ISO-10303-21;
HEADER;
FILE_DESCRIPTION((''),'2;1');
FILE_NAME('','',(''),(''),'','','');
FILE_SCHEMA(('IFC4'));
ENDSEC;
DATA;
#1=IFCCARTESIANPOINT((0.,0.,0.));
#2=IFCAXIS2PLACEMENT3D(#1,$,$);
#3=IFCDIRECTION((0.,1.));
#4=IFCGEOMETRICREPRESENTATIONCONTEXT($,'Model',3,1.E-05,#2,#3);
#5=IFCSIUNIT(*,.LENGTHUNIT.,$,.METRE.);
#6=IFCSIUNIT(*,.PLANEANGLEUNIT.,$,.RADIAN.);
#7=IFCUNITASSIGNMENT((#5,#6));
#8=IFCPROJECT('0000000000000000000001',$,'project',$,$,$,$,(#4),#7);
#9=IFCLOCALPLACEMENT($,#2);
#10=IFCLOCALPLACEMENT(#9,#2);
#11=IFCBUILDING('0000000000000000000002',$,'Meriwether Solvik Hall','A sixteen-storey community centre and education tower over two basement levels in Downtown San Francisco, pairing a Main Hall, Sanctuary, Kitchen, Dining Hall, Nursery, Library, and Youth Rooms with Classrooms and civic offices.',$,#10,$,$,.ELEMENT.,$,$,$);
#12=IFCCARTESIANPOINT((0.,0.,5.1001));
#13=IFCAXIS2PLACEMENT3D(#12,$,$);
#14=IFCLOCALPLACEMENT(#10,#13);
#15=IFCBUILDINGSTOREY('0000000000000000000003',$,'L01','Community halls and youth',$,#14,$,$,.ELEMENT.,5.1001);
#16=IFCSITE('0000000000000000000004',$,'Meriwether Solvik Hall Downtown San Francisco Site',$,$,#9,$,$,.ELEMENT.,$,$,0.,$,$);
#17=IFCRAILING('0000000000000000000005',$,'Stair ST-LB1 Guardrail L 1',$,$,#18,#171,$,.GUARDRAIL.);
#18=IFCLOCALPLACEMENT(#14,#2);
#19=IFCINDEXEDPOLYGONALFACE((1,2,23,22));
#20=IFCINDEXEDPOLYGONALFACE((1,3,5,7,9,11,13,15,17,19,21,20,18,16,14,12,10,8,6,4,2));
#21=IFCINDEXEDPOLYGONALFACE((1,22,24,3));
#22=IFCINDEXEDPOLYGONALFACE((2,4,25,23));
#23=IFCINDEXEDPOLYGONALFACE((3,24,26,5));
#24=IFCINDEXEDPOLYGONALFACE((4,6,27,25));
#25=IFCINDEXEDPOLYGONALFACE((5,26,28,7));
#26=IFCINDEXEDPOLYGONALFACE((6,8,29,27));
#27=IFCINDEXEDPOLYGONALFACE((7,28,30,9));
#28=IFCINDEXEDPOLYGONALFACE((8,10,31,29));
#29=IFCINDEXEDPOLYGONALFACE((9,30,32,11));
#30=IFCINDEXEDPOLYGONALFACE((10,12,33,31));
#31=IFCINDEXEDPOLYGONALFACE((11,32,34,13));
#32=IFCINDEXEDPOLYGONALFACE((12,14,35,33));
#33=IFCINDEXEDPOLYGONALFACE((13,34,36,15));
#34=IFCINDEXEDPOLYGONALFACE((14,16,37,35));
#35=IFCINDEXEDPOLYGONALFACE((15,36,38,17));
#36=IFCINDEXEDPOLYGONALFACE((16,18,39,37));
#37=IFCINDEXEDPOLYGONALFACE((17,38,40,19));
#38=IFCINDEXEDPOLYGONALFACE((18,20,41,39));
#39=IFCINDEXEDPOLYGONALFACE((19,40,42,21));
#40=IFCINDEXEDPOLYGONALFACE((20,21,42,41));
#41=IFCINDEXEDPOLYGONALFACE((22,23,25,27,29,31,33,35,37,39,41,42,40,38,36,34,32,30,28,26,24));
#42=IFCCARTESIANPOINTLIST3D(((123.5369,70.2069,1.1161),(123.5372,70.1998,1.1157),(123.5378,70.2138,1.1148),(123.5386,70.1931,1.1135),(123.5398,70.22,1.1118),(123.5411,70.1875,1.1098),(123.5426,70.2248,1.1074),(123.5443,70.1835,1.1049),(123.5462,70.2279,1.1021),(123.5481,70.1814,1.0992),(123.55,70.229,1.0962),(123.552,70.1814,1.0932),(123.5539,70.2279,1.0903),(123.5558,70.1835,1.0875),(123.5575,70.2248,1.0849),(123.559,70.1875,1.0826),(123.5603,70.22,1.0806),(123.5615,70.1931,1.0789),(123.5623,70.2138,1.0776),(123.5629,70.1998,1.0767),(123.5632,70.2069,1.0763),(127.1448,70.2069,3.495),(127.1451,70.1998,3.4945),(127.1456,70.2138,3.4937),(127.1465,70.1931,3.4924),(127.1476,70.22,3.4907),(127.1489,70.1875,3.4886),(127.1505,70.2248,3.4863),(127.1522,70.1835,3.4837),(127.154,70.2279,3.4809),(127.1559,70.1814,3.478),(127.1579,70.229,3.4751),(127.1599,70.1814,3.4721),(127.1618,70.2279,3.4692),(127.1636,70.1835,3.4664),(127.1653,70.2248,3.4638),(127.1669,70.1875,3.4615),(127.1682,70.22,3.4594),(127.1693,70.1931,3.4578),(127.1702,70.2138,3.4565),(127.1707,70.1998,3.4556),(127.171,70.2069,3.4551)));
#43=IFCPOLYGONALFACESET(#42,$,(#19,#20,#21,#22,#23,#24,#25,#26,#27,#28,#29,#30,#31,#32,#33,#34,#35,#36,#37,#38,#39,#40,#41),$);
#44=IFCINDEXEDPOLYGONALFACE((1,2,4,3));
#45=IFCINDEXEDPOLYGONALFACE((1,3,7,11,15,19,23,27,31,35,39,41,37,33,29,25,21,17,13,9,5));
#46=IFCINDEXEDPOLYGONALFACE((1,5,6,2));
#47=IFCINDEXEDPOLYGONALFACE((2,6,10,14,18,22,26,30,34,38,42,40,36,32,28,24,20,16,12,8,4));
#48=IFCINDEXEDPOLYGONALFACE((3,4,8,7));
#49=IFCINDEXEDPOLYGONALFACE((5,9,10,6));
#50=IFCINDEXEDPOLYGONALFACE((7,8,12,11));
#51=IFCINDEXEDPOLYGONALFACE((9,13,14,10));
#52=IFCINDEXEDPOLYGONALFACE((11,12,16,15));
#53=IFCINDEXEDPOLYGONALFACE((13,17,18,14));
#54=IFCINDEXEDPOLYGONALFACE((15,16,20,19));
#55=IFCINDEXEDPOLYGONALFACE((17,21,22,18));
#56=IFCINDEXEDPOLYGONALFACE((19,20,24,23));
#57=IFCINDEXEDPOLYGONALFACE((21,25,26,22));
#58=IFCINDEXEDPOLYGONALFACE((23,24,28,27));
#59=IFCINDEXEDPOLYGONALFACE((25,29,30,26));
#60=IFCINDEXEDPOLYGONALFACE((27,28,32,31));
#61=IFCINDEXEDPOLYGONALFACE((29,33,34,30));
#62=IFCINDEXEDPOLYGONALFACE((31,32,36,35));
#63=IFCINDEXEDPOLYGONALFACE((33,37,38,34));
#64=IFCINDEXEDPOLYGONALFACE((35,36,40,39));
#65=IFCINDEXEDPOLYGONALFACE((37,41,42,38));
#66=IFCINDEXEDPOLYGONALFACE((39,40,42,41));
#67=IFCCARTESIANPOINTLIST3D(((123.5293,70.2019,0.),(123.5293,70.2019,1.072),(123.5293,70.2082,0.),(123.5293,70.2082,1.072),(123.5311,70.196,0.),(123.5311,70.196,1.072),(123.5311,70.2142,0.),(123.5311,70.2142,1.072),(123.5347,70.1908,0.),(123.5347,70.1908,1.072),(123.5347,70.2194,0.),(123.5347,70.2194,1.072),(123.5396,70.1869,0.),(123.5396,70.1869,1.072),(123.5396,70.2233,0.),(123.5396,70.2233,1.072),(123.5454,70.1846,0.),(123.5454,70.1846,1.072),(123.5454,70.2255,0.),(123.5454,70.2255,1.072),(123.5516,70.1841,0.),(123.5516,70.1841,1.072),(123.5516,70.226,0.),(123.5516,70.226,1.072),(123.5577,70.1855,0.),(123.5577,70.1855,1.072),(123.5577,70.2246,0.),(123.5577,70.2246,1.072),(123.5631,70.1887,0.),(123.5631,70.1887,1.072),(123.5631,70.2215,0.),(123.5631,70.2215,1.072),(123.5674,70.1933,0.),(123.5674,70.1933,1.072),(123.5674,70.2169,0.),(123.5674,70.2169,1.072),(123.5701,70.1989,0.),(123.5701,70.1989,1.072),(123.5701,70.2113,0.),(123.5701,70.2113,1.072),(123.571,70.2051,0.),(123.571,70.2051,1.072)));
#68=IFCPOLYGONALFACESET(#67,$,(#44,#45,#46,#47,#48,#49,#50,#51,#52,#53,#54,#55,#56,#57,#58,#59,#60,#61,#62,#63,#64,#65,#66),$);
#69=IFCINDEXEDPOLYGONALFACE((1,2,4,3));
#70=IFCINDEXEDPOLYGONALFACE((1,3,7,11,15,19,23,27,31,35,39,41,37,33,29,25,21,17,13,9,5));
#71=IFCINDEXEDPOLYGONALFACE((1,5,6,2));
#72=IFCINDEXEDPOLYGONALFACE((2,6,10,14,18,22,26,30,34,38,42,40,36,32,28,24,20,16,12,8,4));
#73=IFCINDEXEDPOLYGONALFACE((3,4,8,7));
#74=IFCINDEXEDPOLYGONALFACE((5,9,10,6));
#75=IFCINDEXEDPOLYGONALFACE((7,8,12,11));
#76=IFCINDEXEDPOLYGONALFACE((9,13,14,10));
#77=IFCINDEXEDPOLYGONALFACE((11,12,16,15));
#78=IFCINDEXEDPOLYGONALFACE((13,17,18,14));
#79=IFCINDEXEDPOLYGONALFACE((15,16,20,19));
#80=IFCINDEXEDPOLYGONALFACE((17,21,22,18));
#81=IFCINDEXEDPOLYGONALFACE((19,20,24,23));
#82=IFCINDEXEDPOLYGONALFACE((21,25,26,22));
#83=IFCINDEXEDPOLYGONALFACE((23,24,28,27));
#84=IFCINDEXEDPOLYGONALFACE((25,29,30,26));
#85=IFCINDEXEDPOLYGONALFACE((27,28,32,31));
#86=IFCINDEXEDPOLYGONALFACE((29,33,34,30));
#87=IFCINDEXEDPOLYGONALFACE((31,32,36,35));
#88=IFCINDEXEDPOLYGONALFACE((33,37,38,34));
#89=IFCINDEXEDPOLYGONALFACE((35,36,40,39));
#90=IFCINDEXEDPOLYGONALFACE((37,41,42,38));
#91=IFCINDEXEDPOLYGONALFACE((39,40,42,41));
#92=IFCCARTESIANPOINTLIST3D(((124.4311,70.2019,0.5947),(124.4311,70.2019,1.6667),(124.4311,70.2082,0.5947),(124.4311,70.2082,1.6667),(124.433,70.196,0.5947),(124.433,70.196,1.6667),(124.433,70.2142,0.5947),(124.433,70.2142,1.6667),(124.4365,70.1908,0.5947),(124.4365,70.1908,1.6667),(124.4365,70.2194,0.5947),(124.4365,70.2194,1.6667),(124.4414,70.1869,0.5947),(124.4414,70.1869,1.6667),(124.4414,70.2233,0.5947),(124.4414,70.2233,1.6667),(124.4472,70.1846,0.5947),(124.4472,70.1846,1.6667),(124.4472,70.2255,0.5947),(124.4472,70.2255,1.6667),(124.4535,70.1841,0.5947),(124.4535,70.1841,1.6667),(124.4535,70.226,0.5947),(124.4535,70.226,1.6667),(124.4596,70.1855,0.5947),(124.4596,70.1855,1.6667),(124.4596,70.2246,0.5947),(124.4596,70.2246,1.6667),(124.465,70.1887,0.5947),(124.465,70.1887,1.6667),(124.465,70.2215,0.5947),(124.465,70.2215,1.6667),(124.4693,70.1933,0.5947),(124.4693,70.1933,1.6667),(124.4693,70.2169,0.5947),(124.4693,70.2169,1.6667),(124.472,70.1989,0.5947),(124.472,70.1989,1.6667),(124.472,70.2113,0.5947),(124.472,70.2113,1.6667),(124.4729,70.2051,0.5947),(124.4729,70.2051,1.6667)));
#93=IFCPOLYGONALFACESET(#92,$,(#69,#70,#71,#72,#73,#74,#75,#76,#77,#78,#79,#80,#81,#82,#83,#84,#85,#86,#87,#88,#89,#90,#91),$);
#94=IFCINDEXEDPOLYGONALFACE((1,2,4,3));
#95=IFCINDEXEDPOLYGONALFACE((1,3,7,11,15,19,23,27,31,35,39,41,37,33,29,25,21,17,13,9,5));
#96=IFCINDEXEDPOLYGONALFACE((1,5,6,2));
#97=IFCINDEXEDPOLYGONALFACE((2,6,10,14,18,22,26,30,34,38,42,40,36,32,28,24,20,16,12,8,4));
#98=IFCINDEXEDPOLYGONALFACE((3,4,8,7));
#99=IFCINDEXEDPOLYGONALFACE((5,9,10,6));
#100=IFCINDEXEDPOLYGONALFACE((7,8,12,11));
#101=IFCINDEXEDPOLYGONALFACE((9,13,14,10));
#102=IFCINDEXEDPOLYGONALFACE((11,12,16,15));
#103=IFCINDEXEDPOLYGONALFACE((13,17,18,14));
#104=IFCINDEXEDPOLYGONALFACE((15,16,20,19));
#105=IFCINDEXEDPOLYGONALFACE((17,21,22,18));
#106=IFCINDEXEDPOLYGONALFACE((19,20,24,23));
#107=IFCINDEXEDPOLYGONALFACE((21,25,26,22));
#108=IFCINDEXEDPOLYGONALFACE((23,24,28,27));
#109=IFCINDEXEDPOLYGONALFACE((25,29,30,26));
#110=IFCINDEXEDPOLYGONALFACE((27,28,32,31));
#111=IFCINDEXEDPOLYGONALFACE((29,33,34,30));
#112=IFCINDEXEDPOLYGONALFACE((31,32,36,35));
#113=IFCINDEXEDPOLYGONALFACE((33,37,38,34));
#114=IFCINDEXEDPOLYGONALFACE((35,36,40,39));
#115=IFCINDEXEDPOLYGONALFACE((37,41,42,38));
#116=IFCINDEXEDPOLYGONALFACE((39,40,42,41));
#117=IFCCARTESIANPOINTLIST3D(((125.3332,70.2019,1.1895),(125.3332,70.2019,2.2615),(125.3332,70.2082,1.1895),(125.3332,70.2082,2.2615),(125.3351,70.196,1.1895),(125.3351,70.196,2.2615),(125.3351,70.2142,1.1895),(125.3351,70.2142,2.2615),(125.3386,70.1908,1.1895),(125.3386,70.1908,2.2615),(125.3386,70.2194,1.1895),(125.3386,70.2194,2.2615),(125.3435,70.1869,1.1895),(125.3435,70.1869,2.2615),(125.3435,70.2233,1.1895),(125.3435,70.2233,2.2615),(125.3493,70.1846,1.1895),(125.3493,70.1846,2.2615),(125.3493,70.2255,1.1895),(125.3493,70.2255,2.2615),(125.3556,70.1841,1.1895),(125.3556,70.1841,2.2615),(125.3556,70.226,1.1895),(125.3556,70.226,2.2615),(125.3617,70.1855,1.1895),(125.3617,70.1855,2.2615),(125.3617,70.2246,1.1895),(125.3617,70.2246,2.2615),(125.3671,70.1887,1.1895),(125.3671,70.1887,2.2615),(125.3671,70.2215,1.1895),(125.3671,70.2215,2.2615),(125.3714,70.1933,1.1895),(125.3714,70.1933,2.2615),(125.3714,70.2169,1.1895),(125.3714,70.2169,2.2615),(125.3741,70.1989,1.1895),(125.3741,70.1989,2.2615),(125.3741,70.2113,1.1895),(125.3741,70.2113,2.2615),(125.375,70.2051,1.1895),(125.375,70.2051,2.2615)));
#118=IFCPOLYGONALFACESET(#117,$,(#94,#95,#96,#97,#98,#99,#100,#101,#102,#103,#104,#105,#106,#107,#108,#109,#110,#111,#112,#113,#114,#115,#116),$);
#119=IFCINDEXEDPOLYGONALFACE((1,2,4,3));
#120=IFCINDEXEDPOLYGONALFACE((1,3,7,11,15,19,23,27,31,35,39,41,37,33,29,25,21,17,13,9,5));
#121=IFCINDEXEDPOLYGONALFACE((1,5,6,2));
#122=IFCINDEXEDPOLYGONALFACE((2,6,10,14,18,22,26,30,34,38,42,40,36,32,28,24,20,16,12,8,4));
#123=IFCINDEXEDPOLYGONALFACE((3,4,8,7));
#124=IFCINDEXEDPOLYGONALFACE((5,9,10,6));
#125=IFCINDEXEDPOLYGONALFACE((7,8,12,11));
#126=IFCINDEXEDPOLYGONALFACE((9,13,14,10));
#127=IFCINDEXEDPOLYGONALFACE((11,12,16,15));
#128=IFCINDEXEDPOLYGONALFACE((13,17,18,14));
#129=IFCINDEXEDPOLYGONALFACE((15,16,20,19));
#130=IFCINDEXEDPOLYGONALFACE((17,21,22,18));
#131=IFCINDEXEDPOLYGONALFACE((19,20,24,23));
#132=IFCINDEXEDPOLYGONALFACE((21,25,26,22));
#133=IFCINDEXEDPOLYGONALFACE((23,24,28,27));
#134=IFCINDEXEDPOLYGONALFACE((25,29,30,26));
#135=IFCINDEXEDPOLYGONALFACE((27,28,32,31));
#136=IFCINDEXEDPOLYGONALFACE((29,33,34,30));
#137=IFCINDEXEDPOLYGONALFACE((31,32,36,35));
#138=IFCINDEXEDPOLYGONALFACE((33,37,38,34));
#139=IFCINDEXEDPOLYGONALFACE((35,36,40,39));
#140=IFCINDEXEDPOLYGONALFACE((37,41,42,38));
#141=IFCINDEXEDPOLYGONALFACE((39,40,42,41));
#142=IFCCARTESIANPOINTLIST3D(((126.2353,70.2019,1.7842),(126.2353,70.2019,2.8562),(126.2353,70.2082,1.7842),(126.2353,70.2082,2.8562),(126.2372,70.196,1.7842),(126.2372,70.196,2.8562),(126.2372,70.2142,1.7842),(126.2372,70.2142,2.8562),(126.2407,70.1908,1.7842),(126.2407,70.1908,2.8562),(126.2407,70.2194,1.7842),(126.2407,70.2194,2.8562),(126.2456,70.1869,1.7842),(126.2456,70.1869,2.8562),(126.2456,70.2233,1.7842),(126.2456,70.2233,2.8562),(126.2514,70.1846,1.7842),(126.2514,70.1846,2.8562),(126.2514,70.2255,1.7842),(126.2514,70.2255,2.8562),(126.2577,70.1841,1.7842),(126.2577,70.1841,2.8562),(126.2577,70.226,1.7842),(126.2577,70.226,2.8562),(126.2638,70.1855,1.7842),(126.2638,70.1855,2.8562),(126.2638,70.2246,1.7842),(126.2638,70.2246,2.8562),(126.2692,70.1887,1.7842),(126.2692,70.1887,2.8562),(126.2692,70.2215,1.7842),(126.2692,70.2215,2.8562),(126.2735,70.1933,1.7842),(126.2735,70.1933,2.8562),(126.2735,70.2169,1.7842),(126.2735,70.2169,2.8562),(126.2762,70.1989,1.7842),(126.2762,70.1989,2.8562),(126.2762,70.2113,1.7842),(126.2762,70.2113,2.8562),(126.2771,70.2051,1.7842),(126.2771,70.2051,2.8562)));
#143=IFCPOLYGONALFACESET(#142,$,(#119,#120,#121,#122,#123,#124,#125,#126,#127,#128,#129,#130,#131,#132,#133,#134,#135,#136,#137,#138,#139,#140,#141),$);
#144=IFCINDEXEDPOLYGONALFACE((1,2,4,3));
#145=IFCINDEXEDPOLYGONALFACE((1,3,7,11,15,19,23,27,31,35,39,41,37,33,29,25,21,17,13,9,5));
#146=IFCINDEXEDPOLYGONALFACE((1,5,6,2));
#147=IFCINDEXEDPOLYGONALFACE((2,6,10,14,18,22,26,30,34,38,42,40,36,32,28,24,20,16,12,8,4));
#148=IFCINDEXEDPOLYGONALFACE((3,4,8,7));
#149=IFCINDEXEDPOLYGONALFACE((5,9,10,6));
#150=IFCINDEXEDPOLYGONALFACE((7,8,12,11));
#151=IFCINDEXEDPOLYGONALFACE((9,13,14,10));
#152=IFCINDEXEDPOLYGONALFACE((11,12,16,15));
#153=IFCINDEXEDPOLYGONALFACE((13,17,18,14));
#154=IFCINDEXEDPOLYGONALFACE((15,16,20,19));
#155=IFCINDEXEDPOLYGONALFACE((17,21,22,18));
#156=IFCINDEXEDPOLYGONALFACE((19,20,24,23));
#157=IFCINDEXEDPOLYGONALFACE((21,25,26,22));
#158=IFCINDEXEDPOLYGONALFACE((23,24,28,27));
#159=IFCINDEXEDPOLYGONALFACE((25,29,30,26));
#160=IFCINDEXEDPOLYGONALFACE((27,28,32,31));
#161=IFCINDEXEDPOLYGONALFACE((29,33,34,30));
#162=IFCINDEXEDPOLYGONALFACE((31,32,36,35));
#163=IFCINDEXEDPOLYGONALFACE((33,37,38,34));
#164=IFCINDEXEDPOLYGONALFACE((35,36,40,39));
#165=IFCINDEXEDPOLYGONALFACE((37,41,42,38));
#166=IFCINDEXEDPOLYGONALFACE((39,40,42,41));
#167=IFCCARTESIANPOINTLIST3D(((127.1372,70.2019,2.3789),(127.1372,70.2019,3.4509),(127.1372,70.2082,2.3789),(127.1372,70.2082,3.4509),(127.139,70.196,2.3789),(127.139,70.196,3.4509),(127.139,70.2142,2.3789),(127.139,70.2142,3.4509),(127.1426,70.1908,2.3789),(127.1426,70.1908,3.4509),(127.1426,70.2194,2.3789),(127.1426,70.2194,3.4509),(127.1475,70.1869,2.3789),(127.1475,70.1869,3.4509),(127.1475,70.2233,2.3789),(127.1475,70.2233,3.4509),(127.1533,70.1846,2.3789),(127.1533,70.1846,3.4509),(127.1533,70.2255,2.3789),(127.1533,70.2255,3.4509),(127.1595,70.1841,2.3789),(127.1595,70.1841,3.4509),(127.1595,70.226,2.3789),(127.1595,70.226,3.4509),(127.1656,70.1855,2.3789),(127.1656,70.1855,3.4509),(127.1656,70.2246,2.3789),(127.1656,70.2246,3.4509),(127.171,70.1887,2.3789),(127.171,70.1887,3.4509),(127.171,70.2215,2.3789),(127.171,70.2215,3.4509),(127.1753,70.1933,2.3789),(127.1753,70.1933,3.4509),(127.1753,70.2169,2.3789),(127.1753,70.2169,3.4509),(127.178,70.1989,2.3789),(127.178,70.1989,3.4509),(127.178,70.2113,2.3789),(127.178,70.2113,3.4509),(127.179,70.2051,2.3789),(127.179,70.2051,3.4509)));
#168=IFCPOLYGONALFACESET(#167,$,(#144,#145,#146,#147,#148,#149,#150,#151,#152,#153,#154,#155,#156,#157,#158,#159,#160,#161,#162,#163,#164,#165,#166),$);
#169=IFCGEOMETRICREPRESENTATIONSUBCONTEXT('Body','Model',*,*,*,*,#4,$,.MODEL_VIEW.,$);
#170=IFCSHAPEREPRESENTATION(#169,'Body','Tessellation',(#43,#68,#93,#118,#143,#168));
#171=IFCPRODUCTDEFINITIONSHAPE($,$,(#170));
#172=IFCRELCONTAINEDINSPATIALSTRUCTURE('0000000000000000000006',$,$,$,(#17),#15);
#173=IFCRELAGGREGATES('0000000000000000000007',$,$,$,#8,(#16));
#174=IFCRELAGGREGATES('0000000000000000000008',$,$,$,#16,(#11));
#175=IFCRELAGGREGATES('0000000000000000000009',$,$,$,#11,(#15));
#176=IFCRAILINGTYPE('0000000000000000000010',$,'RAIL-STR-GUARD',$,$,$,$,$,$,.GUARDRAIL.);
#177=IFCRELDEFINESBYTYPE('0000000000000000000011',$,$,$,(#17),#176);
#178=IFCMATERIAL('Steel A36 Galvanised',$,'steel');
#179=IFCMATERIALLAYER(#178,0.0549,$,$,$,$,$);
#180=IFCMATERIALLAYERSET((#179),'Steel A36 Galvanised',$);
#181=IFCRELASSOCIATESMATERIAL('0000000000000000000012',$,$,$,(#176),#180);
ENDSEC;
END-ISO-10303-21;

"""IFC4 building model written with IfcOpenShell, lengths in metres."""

from ifc_helpers import new_model, si_unit, direction, frame, origin, origin_2d, place, context, subcontext, project, spatial, circle, extrude, material, layer, layer_set, type_object, element, save


model = new_model("IFC4")

# Units and contexts
model_context = context("Model", 3, precision=1e-05, world=origin(), true_north=direction((0.0, 1.0)))
body_context = subcontext(model_context, "Body", "Model", "MODEL_VIEW")
ifc_project = project(units=[si_unit("LENGTHUNIT", "METRE"), si_unit("PLANEANGLEUNIT", "RADIAN")], contexts=[model_context])

# Site, building, storey
site_placement = place(None, origin())
site = spatial("IfcSite", under=ifc_project, at=site_placement, Name="Meriwether Solvik Hall Downtown San Francisco Site", CompositionType="ELEMENT", RefElevation=0.0)
building_placement = place(site_placement, origin())
building = spatial("IfcBuilding", under=site, at=building_placement, Name="Meriwether Solvik Hall", Description="A sixteen-storey community centre and education tower over two basement levels in Downtown San Francisco, pairing a Main Hall, Sanctuary, Kitchen, Dining Hall, Nursery, Library, and Youth Rooms with Classrooms and civic offices.", CompositionType="ELEMENT")
storey_placement = place(building_placement, frame((0.0, 0.0, 5.1001)))
storey = spatial("IfcBuildingStorey", under=building, at=storey_placement, Name="L01", Description="Community halls and youth", CompositionType="ELEMENT", Elevation=5.1001)

# Railing
ifc_material_1 = material(Name="Steel A36 Galvanised", Category="steel")
ifc_layer_1 = layer(ifc_material_1, 0.0549)
ifc_layer_set_1 = layer_set([ifc_layer_1], Name="Steel A36 Galvanised")
railing_type_1 = type_object("IfcRailingType", Name="RAIL-STR-GUARD", PredefinedType="GUARDRAIL", material=ifc_layer_set_1)
railing_1_placement = place(storey_placement, frame((123.55, 70.2051, 0.0)))
element("IfcRailing", 1, at=railing_1_placement, inside=storey, type_object=railing_type_1, Name="Stair ST-LB1 Guardrail L 1", PredefinedType="GUARDRAIL", context=body_context, shape_type="SweptSolid", body=[
    extrude(circle(Radius=0.0239, at=origin_2d()), frame((0.0, 0.0, 1.0962), z_axis=(0.834856, 0.0, 0.550469), x_axis=(0.0, 1.0, 0.0)), (0.0, 0.0, 1.0), 4.3215),
    extrude(circle(Radius=0.021, at=origin_2d()), origin(), (0.0, 0.0, 1.0), 1.072),
    extrude(circle(Radius=0.021, at=origin_2d()), frame((0.9019, 0.0, 0.5947)), (0.0, 0.0, 1.0), 1.072),
    extrude(circle(Radius=0.021, at=origin_2d()), frame((1.804, 0.0, 1.1895)), (0.0, 0.0, 1.0), 1.072),
    extrude(circle(Radius=0.021, at=origin_2d()), frame((2.7061, 0.0, 1.7842)), (0.0, 0.0, 1.0), 1.072),
    extrude(circle(Radius=0.021, at=origin_2d()), frame((3.6079, 0.0, 2.3789)), (0.0, 0.0, 1.0), 1.072),
])

save(model, "model.ifc")
